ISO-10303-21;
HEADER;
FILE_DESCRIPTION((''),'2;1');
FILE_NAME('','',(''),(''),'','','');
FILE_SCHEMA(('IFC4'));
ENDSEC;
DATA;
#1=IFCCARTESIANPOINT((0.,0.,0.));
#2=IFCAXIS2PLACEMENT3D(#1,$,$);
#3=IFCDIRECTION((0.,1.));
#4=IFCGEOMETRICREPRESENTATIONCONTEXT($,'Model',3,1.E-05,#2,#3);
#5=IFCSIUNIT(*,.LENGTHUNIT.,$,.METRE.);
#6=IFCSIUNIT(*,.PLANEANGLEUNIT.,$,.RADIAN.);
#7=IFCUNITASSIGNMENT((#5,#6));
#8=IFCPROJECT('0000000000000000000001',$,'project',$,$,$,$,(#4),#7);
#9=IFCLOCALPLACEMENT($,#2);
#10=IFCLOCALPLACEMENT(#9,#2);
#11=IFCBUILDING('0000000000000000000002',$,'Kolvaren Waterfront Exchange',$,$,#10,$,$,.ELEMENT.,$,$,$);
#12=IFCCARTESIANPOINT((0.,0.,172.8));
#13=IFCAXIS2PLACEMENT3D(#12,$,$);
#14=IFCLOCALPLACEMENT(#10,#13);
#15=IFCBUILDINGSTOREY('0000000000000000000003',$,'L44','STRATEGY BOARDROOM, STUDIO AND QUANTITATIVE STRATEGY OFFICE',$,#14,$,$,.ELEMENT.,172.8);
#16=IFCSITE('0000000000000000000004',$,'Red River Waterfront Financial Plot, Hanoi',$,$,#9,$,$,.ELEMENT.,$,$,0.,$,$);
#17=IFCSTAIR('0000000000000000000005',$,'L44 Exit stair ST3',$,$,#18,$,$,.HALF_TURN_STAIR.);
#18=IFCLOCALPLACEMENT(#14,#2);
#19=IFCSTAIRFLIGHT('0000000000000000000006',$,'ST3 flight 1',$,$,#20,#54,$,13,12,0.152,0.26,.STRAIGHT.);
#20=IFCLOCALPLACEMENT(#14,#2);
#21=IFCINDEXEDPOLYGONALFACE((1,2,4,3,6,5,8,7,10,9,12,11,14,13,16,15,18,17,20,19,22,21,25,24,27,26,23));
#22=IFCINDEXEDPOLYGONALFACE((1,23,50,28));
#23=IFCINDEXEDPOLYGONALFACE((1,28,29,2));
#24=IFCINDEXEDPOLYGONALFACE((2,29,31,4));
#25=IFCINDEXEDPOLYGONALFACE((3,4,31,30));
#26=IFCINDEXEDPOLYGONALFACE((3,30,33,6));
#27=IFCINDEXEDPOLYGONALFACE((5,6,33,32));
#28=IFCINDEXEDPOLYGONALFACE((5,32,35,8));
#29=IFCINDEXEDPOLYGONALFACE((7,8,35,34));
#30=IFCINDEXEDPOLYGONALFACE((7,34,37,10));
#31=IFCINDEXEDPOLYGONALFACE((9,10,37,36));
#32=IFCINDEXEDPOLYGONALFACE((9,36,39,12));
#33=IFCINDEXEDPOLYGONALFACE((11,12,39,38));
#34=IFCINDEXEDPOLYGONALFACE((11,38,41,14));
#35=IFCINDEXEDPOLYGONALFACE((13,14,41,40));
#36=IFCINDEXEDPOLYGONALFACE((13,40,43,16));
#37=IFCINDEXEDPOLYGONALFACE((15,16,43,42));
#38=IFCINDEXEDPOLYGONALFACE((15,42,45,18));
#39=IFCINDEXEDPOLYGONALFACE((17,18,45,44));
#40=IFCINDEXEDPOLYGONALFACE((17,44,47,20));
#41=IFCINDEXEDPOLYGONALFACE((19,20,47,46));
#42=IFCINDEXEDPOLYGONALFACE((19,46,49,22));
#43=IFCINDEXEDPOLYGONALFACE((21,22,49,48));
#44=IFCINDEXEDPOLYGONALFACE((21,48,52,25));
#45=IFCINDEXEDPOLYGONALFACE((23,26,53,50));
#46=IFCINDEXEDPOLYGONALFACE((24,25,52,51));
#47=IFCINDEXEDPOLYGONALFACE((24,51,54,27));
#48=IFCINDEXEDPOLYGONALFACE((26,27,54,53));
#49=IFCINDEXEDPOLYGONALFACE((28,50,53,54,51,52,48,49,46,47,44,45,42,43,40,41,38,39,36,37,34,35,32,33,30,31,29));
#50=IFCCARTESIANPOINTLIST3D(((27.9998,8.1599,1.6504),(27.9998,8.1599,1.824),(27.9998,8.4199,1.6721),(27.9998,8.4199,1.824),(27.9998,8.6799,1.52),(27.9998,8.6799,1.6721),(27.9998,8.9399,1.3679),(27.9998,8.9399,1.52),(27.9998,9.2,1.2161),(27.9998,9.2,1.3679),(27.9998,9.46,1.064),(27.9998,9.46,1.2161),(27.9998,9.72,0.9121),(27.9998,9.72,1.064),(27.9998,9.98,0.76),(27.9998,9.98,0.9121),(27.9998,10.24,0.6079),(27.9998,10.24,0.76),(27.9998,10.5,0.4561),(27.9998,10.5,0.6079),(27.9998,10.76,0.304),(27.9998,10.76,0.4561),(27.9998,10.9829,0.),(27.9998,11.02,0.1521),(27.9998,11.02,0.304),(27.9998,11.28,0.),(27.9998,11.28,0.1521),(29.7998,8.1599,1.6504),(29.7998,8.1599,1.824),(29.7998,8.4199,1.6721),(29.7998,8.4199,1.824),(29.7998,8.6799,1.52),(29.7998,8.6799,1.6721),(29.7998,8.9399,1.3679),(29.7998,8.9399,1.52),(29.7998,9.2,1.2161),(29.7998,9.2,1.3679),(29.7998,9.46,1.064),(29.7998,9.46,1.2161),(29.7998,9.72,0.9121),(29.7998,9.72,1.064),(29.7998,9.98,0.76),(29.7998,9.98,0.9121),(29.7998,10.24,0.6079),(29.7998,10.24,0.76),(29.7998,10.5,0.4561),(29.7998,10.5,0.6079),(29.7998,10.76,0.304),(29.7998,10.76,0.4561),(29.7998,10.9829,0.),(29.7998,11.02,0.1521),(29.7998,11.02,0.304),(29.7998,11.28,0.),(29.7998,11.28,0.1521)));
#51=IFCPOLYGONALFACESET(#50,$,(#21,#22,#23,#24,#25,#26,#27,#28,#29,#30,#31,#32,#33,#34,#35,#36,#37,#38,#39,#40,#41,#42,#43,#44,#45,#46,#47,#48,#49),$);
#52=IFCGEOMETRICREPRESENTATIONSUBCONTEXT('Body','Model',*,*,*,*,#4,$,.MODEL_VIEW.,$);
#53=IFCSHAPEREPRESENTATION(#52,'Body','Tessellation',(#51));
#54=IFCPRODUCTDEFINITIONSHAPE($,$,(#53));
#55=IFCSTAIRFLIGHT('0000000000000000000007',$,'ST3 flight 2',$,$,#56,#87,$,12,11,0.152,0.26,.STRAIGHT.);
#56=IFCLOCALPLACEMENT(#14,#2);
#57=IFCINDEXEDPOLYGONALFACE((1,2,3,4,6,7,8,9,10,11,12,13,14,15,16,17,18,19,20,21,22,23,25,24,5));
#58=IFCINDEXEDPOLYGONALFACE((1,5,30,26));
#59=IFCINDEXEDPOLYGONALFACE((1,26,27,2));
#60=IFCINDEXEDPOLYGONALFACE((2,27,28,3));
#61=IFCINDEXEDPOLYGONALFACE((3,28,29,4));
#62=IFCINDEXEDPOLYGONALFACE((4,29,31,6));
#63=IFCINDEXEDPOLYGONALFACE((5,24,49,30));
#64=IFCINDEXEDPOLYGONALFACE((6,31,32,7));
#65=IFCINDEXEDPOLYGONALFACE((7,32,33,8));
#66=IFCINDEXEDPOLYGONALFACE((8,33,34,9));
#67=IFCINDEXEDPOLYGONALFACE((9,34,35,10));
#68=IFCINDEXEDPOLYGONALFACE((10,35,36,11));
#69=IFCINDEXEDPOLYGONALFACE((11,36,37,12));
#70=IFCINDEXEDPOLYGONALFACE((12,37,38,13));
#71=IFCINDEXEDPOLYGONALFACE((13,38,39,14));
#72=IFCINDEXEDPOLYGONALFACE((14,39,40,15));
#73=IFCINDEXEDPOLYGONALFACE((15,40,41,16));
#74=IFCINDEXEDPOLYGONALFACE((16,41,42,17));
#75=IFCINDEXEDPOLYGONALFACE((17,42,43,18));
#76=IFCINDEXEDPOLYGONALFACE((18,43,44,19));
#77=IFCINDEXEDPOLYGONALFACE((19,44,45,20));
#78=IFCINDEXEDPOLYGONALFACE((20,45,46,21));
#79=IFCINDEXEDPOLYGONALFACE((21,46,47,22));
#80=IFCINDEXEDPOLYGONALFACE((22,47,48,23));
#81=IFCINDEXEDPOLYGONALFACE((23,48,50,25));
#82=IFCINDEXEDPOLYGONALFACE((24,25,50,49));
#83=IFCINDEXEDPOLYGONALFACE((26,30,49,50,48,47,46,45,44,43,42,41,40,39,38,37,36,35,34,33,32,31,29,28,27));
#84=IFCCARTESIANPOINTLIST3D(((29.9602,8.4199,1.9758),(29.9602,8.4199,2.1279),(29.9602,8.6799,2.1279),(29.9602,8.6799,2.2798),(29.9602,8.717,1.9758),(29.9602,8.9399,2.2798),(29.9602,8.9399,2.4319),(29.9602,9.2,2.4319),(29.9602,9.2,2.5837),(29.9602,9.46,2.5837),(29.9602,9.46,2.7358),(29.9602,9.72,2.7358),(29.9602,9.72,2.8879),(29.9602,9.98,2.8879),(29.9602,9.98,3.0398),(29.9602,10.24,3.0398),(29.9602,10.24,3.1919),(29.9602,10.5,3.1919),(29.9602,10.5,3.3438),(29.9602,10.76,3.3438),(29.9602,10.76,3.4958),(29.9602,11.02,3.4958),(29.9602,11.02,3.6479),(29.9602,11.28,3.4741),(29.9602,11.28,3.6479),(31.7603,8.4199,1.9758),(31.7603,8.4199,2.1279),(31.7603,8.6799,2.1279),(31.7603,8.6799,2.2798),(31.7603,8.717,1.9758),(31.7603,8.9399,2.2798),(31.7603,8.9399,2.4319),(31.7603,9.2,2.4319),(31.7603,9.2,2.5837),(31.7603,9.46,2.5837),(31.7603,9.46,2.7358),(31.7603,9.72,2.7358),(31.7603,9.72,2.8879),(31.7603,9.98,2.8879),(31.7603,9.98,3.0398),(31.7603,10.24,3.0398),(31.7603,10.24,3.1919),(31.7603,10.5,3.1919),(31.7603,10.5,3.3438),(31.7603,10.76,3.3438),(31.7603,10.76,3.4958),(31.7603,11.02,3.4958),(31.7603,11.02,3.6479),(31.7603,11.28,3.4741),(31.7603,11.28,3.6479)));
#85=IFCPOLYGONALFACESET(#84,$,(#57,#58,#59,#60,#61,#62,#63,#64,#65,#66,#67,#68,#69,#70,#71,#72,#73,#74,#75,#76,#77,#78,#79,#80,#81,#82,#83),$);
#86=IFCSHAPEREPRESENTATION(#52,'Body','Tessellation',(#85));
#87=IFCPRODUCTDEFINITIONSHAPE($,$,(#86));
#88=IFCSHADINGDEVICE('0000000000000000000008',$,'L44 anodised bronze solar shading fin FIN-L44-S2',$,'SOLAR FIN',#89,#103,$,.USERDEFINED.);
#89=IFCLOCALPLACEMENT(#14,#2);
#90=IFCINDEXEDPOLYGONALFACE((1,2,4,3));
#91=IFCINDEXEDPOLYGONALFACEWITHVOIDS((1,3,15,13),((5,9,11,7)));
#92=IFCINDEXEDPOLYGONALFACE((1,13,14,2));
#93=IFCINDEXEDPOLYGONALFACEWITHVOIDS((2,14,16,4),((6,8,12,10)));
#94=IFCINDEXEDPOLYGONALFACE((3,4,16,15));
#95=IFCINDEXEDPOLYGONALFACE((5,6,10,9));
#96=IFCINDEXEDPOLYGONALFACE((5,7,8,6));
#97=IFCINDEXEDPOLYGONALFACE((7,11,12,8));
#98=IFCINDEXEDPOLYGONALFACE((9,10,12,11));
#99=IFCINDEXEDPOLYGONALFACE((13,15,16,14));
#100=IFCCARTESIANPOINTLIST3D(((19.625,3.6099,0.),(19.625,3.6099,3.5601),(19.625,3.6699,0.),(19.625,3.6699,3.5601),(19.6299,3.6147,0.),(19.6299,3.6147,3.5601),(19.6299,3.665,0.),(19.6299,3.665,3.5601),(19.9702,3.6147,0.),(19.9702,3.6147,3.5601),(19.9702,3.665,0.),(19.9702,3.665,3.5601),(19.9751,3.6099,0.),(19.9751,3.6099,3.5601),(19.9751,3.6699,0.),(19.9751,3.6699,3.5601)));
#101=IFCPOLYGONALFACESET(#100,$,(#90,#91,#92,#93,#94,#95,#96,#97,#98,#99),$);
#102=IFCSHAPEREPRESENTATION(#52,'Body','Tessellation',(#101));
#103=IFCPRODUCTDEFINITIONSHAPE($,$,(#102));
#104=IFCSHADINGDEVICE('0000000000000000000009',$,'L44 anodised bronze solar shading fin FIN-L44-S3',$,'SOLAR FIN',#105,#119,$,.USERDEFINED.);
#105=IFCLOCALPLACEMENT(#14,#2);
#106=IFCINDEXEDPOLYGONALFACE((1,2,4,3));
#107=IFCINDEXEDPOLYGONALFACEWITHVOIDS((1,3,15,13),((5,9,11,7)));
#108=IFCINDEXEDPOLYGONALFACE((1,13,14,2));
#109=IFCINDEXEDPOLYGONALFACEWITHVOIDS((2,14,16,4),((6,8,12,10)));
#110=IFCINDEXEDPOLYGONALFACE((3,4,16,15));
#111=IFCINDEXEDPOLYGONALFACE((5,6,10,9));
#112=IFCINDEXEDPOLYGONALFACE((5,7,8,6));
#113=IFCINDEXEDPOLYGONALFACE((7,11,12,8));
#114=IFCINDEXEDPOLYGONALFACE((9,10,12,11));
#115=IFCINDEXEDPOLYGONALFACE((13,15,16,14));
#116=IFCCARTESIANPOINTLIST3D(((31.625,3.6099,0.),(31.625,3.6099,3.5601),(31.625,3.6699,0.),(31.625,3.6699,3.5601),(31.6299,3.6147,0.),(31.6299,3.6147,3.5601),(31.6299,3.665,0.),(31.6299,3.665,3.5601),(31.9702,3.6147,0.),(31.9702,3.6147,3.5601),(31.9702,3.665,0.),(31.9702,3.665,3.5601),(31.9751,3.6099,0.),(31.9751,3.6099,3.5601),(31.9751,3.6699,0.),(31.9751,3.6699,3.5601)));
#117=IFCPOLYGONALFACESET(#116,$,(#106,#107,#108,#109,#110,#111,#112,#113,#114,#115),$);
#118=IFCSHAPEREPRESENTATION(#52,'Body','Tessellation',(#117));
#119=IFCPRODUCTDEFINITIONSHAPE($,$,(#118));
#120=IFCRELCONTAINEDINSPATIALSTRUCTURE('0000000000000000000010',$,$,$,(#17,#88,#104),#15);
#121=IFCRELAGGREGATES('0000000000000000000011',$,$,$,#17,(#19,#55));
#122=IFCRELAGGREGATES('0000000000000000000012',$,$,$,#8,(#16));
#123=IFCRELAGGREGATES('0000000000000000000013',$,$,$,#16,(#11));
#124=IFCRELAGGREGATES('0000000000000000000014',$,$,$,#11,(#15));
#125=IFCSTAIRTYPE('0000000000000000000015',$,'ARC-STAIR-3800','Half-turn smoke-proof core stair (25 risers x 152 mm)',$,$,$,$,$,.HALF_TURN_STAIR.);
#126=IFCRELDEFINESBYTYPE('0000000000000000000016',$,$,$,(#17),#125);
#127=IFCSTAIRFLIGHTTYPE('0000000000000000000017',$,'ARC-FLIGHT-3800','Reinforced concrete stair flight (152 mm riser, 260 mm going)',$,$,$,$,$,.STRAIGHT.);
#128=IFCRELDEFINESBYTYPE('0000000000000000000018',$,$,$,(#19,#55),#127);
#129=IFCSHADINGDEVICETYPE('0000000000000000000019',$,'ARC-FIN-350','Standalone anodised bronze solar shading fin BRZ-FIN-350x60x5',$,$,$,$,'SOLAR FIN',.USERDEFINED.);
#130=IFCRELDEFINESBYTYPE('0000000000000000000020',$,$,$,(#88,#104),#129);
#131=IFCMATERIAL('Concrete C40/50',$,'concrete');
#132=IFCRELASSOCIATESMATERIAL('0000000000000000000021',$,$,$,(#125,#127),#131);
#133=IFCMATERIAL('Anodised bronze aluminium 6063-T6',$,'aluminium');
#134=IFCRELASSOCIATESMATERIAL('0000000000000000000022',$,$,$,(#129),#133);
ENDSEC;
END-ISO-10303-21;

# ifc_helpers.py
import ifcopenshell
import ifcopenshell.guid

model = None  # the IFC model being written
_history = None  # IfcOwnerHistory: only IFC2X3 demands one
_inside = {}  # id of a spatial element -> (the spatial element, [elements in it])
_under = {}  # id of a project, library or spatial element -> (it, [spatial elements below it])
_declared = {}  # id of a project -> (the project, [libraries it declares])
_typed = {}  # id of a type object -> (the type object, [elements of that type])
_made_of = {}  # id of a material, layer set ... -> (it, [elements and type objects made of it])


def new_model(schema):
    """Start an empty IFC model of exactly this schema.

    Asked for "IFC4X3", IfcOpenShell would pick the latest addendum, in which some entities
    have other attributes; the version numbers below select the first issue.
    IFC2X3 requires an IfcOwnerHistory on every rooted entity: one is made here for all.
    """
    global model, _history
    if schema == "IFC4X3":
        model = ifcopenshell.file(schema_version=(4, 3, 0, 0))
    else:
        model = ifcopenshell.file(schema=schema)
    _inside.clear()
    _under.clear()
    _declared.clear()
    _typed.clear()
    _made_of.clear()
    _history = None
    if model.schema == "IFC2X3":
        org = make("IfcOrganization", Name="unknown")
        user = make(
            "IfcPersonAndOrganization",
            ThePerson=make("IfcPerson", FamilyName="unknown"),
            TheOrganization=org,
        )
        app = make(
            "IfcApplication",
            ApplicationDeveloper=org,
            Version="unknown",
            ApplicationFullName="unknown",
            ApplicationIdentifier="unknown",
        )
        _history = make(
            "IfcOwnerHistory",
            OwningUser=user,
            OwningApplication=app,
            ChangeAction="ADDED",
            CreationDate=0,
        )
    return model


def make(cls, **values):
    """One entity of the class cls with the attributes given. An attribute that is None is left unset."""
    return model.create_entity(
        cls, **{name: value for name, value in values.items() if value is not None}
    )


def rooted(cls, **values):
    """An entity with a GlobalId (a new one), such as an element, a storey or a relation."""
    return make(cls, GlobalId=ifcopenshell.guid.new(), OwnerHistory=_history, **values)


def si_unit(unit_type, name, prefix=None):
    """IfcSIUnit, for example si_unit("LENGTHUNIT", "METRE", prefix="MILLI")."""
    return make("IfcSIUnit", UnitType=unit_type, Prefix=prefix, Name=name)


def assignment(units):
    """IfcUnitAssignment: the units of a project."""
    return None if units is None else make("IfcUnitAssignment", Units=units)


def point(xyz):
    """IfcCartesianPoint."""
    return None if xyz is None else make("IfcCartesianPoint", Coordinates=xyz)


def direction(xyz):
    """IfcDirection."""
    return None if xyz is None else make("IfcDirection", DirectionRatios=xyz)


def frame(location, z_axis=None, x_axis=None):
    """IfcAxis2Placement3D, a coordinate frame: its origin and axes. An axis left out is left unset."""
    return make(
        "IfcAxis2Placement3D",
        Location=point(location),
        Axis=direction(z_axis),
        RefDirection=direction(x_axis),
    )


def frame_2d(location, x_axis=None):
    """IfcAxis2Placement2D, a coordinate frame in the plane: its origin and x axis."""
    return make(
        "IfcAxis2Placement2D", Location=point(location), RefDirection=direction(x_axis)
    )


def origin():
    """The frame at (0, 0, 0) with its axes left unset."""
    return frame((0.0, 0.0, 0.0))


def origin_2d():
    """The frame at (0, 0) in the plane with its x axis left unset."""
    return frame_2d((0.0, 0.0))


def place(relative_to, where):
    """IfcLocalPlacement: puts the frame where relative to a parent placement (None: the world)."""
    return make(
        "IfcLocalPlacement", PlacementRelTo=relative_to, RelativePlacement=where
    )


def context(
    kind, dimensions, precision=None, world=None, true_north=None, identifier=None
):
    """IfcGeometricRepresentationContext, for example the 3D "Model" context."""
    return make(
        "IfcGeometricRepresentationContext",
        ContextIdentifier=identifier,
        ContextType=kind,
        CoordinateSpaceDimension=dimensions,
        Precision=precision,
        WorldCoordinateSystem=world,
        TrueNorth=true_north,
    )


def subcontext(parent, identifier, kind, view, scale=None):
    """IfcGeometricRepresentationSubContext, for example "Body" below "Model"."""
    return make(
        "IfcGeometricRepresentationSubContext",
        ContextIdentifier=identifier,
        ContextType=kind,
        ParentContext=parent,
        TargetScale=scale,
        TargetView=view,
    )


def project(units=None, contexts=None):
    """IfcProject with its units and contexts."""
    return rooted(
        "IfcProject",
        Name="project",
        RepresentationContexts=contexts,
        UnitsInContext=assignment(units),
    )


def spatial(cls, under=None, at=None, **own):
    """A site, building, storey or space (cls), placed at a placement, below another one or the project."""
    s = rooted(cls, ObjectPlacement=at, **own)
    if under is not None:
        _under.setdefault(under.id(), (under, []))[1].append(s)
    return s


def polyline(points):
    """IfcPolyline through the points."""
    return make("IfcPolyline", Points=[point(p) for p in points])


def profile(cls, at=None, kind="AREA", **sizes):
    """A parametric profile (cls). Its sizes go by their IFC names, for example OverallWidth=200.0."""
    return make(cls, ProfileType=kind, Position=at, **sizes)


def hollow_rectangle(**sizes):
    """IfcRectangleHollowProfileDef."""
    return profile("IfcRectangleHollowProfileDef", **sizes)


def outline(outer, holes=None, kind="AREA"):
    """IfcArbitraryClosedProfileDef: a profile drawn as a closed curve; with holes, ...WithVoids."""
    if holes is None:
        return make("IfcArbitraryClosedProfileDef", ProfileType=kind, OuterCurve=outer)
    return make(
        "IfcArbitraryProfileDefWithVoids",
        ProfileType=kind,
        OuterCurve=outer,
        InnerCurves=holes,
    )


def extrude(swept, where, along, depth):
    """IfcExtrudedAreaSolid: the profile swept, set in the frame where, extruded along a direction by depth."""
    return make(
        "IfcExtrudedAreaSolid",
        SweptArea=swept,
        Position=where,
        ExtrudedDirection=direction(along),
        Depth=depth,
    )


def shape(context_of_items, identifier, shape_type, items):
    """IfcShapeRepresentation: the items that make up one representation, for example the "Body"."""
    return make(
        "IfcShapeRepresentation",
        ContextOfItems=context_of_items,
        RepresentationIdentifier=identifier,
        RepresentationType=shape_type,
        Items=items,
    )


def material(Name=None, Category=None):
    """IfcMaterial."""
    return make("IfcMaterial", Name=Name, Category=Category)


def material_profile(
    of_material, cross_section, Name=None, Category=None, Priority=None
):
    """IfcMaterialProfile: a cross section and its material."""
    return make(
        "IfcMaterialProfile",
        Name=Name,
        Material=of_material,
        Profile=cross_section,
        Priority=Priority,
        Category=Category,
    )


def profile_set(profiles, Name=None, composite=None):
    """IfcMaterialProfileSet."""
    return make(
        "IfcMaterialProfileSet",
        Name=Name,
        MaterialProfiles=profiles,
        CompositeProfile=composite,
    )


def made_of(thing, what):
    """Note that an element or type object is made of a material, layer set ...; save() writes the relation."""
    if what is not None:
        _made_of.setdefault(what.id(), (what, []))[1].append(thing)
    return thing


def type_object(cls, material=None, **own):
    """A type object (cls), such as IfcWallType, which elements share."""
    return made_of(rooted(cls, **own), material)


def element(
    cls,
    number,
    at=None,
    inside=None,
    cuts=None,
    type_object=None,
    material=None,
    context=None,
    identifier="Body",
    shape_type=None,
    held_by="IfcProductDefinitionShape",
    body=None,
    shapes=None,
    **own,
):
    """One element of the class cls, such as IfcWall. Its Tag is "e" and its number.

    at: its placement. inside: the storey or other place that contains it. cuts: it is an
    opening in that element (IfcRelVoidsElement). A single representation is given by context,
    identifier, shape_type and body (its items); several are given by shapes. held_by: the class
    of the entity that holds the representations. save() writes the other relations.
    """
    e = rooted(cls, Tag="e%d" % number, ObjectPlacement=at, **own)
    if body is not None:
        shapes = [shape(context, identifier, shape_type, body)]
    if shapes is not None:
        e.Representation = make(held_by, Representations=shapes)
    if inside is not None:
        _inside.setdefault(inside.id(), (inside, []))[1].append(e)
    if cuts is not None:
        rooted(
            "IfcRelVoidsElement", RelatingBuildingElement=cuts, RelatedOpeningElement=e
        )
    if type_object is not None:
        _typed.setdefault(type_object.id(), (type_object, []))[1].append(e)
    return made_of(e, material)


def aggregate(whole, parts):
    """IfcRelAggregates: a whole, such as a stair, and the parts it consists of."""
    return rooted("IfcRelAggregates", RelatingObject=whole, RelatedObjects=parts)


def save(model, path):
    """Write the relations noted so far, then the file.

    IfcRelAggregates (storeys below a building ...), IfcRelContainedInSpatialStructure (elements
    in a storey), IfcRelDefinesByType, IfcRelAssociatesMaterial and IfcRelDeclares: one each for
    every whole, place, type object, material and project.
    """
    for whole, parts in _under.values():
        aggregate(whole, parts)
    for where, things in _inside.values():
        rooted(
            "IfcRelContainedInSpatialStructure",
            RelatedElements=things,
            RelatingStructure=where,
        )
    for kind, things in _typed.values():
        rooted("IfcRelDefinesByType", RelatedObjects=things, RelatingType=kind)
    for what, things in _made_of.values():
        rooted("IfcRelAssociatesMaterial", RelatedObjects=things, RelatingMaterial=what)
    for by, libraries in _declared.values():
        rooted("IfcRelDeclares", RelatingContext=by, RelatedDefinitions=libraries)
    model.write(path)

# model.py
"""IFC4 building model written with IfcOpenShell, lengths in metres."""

from ifc_helpers import new_model, si_unit, direction, frame, origin, origin_2d, place, context, subcontext, project, spatial, polyline, hollow_rectangle, outline, extrude, material, material_profile, profile_set, type_object, element, aggregate, save


model = new_model("IFC4")

# Units and contexts
model_context = context("Model", 3, precision=1e-05, world=origin(), true_north=direction((0.0, 1.0)))
body_context = subcontext(model_context, "Body", "Model", "MODEL_VIEW")
ifc_project = project(units=[si_unit("LENGTHUNIT", "METRE"), si_unit("PLANEANGLEUNIT", "RADIAN")], contexts=[model_context])

# Site, building, storey
site_placement = place(None, origin())
site = spatial("IfcSite", under=ifc_project, at=site_placement, Name="Red River Waterfront Financial Plot, Hanoi", CompositionType="ELEMENT", RefElevation=0.0)
building_placement = place(site_placement, origin())
building = spatial("IfcBuilding", under=site, at=building_placement, Name="Kolvaren Waterfront Exchange", CompositionType="ELEMENT")
storey_placement = place(building_placement, frame((0.0, 0.0, 172.8)))
storey = spatial("IfcBuildingStorey", under=building, at=storey_placement, Name="L44", Description="STRATEGY BOARDROOM, STUDIO AND QUANTITATIVE STRATEGY OFFICE", CompositionType="ELEMENT", Elevation=172.8)

# Shared definitions
ifc_material_1 = material(Name="Anodised bronze aluminium 6063-T6", Category="aluminium")

# Shared definitions
ifc_material_2 = material(Name="Concrete C40/50", Category="concrete")

# Shared definitions
stair_type = type_object("IfcStairType", Name="ARC-STAIR-3800", Description="Half-turn smoke-proof core stair (25 risers x 152 mm)", PredefinedType="HALF_TURN_STAIR", material=ifc_material_2)
stair_flight_type = type_object("IfcStairFlightType", Name="ARC-FLIGHT-3800", Description="Reinforced concrete stair flight (152 mm riser, 260 mm going)", PredefinedType="STRAIGHT", material=ifc_material_2)

# Stair, stair flights
stair_1_placement = place(storey_placement, origin())
stair_1 = element("IfcStair", 1, at=stair_1_placement, inside=storey, type_object=stair_type, Name="L44 Exit stair ST3", PredefinedType="HALF_TURN_STAIR")
stair_flight_1_placement = place(storey_placement, frame((28.8999, 11.28, 0.0), z_axis=(0.0, 0.0, 1.0), x_axis=(0.0, -1.0, 0.0)))
stair_flight_1 = element("IfcStairFlight", 2, at=stair_flight_1_placement, type_object=stair_flight_type, Name="ST3 flight 1", NumberOfRisers=13, NumberOfTreads=12, PredefinedType="STRAIGHT", RiserHeight=0.152, TreadLength=0.26, context=body_context, shape_type="SweptSolid", body=[
    extrude(outline(polyline([(0.0, 0.0), (0.0, 0.1521), (0.26, 0.1521), (0.26, 0.304), (0.52, 0.304), (0.52, 0.4561), (0.78, 0.4561), (0.78, 0.6079), (1.04, 0.6079), (1.04, 0.76), (1.3, 0.76), (1.3, 0.9121), (1.5601, 0.9121), (1.5601, 1.064), (1.8201, 1.064), (1.8201, 1.2161), (2.0801, 1.2161), (2.0801, 1.3679), (2.3401, 1.3679), (2.3401, 1.52), (2.6001, 1.52), (2.6001, 1.6721), (2.8601, 1.6721), (2.8601, 1.824), (3.1201, 1.824), (3.1201, 1.9761), (3.1201, 1.6504), (0.2971, 0.0), (0.0, 0.0)])), frame((0.0, 0.8999, 0.0), z_axis=(0.0, -1.0, 0.0), x_axis=(1.0, 0.0, 0.0)), (0.0, 0.0, 1.0), 1.8),
])
stair_flight_2_placement = place(storey_placement, frame((30.8601, 8.4199, 1.9758), z_axis=(0.0, 0.0, 1.0), x_axis=(0.0, 1.0, 0.0)))
stair_flight_2 = element("IfcStairFlight", 3, at=stair_flight_2_placement, type_object=stair_flight_type, Name="ST3 flight 2", NumberOfRisers=12, NumberOfTreads=11, PredefinedType="STRAIGHT", RiserHeight=0.152, TreadLength=0.26, context=body_context, shape_type="SweptSolid", body=[
    extrude(outline(polyline([(0.0, 0.0), (0.0, 0.1521), (0.26, 0.1521), (0.26, 0.304), (0.52, 0.304), (0.52, 0.4561), (0.78, 0.4561), (0.78, 0.6079), (1.04, 0.6079), (1.04, 0.76), (1.3, 0.76), (1.3, 0.9121), (1.5601, 0.9121), (1.5601, 1.064), (1.8201, 1.064), (1.8201, 1.2161), (2.0801, 1.2161), (2.0801, 1.3679), (2.3401, 1.3679), (2.3401, 1.52), (2.6001, 1.52), (2.6001, 1.6721), (2.8601, 1.6721), (2.8601, 1.824), (2.8601, 1.4983), (0.2971, 0.0), (0.0, 0.0)])), frame((0.0, 0.8999, 0.0), z_axis=(0.0, -1.0, 0.0), x_axis=(1.0, 0.0, 0.0)), (0.0, 0.0, 1.0), 1.8),
])
aggregate(stair_1, [stair_flight_1, stair_flight_2])

# Shading devices
ifc_material_profile_1 = material_profile(ifc_material_1, hollow_rectangle(XDim=0.0601, YDim=0.3501, WallThickness=0.0049, at=origin_2d()), Name="BRZ-FIN-350x60x5")
ifc_profile_set_1 = profile_set([ifc_material_profile_1], Name="Anodised bronze aluminium 6063-T6")
shading_device_type = type_object("IfcShadingDeviceType", Name="ARC-FIN-350", Description="Standalone anodised bronze solar shading fin BRZ-FIN-350x60x5", ElementType="SOLAR FIN", PredefinedType="USERDEFINED", material=ifc_profile_set_1)
for number, where, z_axis, x_axis, name in (
    (4, (19.8, 3.6399, 0.0), (0.0, 0.0, 1.0), (0.0, -1.0, 0.0), "L44 anodised bronze solar shading fin FIN-L44-S2"),
    (5, (31.8, 3.6399, 0.0), (0.0, 0.0, 1.0), (0.0, -1.0, 0.0), "L44 anodised bronze solar shading fin FIN-L44-S3"),
):
    element("IfcShadingDevice", number, at=place(storey_placement, frame(where, z_axis=z_axis, x_axis=x_axis)), inside=storey, type_object=shading_device_type, Name=name, ObjectType="SOLAR FIN", PredefinedType="USERDEFINED", context=body_context, shape_type="SweptSolid", body=[
        extrude(hollow_rectangle(XDim=0.0601, YDim=0.3501, WallThickness=0.0049, at=origin_2d()), origin(), (0.0, 0.0, 1.0), 3.5601),
    ])

save(model, "model.ifc")
